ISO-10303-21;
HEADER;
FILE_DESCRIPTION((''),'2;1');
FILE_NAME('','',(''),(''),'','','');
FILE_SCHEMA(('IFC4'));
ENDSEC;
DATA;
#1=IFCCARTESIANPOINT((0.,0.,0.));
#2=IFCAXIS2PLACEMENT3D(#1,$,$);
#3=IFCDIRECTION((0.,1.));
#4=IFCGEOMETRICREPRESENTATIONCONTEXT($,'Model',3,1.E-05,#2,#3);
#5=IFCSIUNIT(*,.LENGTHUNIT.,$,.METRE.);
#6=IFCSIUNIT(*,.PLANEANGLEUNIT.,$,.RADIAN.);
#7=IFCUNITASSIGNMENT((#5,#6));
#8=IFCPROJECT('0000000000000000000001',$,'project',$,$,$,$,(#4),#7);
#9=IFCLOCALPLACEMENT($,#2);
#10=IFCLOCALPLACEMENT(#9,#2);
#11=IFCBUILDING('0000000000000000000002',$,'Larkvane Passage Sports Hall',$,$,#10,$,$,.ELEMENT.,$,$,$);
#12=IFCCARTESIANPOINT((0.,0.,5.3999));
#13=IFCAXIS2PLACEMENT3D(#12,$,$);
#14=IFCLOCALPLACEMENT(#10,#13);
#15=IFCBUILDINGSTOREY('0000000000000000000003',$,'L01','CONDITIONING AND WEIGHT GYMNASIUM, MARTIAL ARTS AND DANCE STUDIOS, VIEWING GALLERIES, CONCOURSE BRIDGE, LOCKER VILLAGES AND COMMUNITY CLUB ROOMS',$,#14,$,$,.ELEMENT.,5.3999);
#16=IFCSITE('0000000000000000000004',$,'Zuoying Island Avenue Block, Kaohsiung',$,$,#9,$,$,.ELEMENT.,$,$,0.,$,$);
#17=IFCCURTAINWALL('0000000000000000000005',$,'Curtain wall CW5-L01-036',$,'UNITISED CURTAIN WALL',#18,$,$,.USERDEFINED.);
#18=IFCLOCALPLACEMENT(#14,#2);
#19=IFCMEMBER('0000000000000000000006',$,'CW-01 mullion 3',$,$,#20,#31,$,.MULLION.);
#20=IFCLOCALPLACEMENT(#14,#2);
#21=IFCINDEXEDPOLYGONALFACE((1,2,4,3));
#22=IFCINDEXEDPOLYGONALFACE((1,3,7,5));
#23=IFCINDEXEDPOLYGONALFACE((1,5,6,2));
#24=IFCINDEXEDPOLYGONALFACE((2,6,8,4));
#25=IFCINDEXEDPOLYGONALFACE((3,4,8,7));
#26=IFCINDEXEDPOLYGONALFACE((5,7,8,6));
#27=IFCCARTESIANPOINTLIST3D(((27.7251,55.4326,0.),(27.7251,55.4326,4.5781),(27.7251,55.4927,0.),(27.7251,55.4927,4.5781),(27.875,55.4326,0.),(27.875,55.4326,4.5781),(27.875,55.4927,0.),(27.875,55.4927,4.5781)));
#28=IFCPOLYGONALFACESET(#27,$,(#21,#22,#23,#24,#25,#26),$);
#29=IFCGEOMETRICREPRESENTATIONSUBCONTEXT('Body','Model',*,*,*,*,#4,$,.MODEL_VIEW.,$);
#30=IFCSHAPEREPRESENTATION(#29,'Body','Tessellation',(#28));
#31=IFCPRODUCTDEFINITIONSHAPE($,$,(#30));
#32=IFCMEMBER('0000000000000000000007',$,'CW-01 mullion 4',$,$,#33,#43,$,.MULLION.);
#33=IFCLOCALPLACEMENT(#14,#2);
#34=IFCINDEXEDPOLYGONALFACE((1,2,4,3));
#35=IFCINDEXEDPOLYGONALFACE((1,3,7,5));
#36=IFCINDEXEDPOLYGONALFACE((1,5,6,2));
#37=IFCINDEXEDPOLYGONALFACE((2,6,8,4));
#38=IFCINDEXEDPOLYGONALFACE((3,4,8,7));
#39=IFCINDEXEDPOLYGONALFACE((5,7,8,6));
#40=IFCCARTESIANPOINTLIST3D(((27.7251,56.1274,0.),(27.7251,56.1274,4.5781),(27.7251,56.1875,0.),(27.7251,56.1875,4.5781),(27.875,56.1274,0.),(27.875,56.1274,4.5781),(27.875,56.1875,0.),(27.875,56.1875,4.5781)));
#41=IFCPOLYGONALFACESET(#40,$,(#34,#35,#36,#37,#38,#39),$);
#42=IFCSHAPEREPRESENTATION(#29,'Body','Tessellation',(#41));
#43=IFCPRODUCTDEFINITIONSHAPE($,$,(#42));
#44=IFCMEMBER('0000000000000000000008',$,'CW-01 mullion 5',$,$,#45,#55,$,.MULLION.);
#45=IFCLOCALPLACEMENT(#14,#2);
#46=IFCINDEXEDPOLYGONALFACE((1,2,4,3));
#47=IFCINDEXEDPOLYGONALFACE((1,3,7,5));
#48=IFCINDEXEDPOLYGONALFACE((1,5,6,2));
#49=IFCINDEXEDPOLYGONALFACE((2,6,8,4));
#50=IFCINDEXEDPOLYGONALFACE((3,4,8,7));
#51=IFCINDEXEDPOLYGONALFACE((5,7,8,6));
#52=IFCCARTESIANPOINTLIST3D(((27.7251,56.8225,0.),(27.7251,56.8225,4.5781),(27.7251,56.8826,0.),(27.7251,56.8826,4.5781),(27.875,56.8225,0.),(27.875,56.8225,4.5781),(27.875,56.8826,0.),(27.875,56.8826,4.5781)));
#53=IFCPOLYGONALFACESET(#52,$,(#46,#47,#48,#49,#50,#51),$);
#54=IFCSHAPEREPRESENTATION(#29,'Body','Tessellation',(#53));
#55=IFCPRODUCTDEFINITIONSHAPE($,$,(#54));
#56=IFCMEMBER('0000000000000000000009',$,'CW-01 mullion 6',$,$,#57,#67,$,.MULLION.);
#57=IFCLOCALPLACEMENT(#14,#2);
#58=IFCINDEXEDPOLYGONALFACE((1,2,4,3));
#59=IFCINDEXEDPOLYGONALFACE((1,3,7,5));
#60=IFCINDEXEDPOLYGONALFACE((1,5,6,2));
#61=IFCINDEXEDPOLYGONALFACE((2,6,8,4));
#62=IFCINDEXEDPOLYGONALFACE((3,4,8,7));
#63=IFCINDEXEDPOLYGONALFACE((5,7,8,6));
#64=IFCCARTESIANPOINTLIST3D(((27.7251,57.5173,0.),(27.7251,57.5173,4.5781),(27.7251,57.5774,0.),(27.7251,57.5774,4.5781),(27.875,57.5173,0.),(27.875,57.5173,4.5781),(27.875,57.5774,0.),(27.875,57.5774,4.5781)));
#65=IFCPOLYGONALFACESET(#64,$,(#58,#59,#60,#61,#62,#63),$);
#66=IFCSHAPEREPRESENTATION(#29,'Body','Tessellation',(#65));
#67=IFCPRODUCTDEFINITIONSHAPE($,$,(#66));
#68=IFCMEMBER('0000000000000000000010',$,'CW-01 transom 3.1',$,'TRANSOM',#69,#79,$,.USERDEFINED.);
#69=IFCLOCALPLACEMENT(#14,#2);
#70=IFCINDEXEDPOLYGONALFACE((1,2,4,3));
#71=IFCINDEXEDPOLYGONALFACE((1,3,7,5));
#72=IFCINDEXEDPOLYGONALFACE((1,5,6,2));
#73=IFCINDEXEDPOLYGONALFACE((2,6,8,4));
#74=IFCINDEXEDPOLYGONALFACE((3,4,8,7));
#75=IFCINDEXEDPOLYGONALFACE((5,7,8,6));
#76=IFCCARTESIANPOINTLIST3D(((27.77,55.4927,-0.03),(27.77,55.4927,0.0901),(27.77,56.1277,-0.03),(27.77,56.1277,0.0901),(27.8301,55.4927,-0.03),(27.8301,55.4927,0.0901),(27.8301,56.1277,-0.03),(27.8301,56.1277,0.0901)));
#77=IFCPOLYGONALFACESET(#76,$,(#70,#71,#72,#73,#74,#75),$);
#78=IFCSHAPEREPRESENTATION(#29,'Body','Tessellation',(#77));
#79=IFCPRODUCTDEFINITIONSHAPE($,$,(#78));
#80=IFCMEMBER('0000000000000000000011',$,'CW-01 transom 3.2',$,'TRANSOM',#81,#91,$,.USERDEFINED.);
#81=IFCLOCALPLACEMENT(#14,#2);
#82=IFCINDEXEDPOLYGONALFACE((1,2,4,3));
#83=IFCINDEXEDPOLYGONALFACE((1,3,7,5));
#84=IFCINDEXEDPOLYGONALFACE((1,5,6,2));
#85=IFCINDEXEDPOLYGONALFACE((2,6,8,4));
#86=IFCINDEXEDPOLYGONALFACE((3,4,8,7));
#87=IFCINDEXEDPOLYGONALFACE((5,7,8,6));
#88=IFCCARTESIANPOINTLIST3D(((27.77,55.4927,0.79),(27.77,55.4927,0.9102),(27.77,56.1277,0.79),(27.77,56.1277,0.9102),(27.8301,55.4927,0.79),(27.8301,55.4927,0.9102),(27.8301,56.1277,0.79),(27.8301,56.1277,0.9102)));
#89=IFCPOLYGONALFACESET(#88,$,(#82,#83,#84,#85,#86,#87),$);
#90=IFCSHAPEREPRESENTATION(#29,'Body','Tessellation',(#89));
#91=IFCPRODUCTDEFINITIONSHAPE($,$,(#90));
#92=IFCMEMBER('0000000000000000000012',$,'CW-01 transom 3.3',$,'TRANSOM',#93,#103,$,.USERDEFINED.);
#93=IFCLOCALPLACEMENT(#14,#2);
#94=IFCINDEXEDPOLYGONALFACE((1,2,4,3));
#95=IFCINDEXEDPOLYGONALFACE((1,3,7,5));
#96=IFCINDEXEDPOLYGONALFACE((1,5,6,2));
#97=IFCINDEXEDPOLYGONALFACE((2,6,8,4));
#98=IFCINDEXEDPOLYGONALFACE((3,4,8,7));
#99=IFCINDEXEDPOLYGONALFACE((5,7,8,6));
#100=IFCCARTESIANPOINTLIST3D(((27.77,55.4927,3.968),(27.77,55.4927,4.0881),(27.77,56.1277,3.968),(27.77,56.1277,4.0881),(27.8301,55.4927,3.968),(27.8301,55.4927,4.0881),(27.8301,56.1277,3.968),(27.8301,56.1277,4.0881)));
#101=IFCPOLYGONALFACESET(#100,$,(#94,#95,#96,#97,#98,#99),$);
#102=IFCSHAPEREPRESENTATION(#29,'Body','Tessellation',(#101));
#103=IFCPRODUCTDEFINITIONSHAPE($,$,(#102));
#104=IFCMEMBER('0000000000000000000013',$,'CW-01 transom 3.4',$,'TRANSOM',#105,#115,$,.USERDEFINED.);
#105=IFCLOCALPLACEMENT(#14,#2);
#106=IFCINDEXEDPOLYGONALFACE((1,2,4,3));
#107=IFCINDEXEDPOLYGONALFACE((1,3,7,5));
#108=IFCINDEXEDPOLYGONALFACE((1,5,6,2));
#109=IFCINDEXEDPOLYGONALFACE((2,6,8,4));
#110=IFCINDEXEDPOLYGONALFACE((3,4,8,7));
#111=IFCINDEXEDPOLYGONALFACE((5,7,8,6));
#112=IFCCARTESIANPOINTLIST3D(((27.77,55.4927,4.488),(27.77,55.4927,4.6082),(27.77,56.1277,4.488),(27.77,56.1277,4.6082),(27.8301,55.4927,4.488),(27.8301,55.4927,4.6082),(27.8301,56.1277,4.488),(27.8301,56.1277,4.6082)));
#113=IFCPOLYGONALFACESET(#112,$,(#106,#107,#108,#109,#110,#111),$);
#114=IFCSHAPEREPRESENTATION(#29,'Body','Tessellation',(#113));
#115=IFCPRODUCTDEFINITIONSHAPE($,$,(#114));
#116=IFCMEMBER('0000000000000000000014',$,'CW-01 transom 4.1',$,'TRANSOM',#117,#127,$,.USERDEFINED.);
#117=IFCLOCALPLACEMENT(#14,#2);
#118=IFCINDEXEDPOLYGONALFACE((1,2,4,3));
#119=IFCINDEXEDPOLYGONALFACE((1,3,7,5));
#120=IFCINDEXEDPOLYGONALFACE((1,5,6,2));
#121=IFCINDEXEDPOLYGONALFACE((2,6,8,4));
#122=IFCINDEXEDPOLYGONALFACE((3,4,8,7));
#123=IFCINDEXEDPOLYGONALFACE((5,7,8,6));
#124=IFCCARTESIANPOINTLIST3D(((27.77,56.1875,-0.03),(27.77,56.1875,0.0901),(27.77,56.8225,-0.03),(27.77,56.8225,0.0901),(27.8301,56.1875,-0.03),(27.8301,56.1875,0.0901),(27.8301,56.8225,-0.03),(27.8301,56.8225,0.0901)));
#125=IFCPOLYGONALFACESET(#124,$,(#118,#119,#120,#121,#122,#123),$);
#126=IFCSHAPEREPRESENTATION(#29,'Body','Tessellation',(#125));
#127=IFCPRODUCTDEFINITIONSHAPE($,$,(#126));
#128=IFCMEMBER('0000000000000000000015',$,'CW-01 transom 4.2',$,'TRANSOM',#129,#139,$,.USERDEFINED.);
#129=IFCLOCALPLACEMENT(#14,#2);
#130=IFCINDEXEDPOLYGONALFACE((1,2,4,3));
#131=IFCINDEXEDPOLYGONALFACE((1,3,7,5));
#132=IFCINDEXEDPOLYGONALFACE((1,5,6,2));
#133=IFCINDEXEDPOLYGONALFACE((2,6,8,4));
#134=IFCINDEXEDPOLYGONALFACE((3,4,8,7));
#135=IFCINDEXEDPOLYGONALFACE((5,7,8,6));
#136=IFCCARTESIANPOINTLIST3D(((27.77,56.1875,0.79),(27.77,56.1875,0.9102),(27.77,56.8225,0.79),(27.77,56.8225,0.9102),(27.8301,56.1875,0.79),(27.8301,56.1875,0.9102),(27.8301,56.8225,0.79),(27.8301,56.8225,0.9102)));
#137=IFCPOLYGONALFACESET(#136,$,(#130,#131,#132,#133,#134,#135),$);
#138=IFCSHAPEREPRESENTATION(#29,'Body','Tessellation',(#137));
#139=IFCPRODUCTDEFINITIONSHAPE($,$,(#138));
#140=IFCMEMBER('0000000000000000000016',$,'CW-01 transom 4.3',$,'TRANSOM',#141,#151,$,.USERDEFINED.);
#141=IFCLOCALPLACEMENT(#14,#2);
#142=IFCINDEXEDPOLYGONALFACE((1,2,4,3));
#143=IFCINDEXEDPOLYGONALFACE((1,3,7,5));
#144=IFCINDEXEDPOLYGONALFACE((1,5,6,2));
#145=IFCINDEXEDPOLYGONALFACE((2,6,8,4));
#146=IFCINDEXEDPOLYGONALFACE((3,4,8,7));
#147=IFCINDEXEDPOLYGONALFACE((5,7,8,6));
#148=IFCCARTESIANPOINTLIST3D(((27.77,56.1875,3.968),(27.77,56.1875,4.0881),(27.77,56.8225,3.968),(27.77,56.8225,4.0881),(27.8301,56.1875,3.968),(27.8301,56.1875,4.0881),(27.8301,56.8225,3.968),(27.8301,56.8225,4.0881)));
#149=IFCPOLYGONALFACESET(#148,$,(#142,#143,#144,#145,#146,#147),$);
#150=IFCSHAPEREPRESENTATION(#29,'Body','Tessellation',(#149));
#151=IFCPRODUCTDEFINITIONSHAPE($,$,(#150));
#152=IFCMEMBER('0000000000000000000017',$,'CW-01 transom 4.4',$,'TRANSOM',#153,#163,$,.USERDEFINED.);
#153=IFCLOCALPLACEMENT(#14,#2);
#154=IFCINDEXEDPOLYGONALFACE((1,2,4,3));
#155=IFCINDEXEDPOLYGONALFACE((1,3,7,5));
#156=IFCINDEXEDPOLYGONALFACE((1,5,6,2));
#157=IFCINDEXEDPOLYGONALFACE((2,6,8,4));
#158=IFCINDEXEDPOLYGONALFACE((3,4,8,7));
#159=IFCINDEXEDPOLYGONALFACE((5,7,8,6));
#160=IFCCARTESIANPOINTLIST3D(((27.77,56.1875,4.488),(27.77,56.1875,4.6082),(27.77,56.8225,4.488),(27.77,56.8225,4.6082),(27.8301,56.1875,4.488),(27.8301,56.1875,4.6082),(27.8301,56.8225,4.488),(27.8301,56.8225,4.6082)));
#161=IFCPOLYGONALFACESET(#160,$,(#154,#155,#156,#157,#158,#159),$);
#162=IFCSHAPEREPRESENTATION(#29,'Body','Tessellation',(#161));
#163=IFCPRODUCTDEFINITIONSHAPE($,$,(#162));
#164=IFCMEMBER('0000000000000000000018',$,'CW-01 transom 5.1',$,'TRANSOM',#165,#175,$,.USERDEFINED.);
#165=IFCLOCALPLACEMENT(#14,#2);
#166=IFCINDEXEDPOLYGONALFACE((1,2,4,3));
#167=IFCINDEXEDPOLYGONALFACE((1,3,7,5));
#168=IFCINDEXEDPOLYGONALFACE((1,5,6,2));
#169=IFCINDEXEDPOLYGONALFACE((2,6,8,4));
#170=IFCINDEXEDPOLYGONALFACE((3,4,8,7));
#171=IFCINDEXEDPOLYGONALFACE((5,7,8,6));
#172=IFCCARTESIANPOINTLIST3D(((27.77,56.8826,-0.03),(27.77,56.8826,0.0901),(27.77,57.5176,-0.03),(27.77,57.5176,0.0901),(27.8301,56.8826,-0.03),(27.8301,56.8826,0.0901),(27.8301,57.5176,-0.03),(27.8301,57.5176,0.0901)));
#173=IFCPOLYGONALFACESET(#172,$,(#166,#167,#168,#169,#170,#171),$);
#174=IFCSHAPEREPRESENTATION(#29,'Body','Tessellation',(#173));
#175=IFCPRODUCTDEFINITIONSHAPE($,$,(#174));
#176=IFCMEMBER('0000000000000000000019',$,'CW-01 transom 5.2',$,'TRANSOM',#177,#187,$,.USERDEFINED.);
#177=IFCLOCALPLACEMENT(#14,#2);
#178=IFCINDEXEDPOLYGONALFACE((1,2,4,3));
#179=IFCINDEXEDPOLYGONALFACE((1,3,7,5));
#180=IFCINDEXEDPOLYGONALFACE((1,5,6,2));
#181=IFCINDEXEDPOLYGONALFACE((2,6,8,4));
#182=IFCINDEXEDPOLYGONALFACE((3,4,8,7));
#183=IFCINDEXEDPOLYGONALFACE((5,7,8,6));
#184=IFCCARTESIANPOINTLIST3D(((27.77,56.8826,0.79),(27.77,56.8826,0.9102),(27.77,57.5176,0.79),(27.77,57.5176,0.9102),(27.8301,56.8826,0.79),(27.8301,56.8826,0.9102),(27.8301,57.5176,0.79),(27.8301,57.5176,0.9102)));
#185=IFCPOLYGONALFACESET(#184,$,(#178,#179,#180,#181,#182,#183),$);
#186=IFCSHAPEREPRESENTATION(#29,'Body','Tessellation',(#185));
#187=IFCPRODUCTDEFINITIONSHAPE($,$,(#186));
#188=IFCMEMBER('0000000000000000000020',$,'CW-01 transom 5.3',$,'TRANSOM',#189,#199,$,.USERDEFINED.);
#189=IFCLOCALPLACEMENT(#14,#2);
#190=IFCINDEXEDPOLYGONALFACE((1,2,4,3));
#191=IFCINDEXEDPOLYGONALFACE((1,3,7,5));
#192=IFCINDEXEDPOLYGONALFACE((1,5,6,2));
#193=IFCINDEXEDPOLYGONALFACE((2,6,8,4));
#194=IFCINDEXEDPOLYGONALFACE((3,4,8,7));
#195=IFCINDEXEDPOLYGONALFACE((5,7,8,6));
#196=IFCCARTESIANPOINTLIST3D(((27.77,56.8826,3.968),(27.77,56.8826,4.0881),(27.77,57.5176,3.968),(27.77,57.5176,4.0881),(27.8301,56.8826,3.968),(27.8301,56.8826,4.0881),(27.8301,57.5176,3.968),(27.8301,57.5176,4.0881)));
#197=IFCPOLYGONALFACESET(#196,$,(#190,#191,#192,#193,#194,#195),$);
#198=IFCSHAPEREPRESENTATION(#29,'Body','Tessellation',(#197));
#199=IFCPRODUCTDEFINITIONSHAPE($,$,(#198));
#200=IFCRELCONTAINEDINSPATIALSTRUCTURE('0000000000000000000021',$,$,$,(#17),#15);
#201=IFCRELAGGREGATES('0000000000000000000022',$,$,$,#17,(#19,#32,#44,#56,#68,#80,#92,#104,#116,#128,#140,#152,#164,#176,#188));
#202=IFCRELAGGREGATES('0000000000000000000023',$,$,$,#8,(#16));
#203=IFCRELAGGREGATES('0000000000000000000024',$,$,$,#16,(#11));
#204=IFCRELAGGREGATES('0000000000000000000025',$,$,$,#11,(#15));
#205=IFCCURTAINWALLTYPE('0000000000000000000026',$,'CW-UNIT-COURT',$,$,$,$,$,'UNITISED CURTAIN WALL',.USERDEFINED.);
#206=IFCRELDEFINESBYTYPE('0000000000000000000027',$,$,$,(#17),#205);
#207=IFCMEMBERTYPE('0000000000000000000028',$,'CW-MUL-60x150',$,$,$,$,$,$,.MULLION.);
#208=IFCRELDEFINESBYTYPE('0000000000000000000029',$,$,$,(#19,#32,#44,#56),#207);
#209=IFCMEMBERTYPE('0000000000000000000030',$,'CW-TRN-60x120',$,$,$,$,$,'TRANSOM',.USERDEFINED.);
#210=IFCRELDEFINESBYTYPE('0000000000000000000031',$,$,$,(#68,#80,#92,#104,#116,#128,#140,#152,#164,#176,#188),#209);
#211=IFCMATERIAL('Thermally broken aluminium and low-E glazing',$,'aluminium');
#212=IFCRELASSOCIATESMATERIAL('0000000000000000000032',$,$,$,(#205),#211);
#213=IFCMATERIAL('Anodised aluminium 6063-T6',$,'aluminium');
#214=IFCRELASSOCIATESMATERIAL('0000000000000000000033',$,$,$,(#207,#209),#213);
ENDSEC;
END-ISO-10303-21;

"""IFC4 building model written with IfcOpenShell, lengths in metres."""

from ifc_helpers import new_model, si_unit, direction, frame, origin, origin_2d, place, context, subcontext, project, spatial, rectangle, extrude, material, material_profile, profile_set, type_object, element, aggregate, save


model = new_model("IFC4")

# Units and contexts
model_context = context("Model", 3, precision=1e-05, world=origin(), true_north=direction((0.0, 1.0)))
body_context = subcontext(model_context, "Body", "Model", "MODEL_VIEW")
ifc_project = project(units=[si_unit("LENGTHUNIT", "METRE"), si_unit("PLANEANGLEUNIT", "RADIAN")], contexts=[model_context])

# Site, building, storey
site_placement = place(None, origin())
site = spatial("IfcSite", under=ifc_project, at=site_placement, Name="Zuoying Island Avenue Block, Kaohsiung", CompositionType="ELEMENT", RefElevation=0.0)
building_placement = place(site_placement, origin())
building = spatial("IfcBuilding", under=site, at=building_placement, Name="Larkvane Passage Sports Hall", CompositionType="ELEMENT")
storey_placement = place(building_placement, frame((0.0, 0.0, 5.3999)))
storey = spatial("IfcBuildingStorey", under=building, at=storey_placement, Name="L01", Description="CONDITIONING AND WEIGHT GYMNASIUM, MARTIAL ARTS AND DANCE STUDIOS, VIEWING GALLERIES, CONCOURSE BRIDGE, LOCKER VILLAGES AND COMMUNITY CLUB ROOMS", CompositionType="ELEMENT", Elevation=5.3999)

# Curtain wall, members
ifc_material_1 = material(Name="Thermally broken aluminium and low-E glazing", Category="aluminium")
curtain_wall_type = type_object("IfcCurtainWallType", Name="CW-UNIT-COURT", ElementType="UNITISED CURTAIN WALL", PredefinedType="USERDEFINED", material=ifc_material_1)
curtain_wall_placement = place(storey_placement, origin())
curtain_wall = element("IfcCurtainWall", 1, at=curtain_wall_placement, inside=storey, type_object=curtain_wall_type, Name="Curtain wall CW5-L01-036", ObjectType="UNITISED CURTAIN WALL", PredefinedType="USERDEFINED")
ifc_material_2 = material(Name="Anodised aluminium 6063-T6", Category="aluminium")
ifc_material_profile_1 = material_profile(ifc_material_2, rectangle(XDim=0.0601, YDim=0.1499, at=origin_2d()), Name="ALU-MUL-60x150")
ifc_profile_set_1 = profile_set([ifc_material_profile_1], Name="Anodised aluminium 6063-T6")
member_type_1 = type_object("IfcMemberType", Name="CW-MUL-60x150", PredefinedType="MULLION", material=ifc_profile_set_1)
member_1_placement = place(storey_placement, frame((27.8, 55.4626, 0.0), z_axis=(0.0, 0.0, 1.0), x_axis=(0.0, 1.0, 0.0)))
member_1 = element("IfcMember", 2, at=member_1_placement, type_object=member_type_1, Name="CW-01 mullion 3", PredefinedType="MULLION", context=body_context, shape_type="SweptSolid", body=[
    extrude(rectangle(XDim=0.0601, YDim=0.1499, at=origin_2d()), origin(), (0.0, 0.0, 1.0), 4.5781),
])
member_2_placement = place(storey_placement, frame((27.8, 56.1575, 0.0), z_axis=(0.0, 0.0, 1.0), x_axis=(0.0, 1.0, 0.0)))
member_2 = element("IfcMember", 3, at=member_2_placement, type_object=member_type_1, Name="CW-01 mullion 4", PredefinedType="MULLION", context=body_context, shape_type="SweptSolid", body=[
    extrude(rectangle(XDim=0.0601, YDim=0.1499, at=origin_2d()), origin(), (0.0, 0.0, 1.0), 4.5781),
])
member_3_placement = place(storey_placement, frame((27.8, 56.8525, 0.0), z_axis=(0.0, 0.0, 1.0), x_axis=(0.0, 1.0, 0.0)))
member_3 = element("IfcMember", 4, at=member_3_placement, type_object=member_type_1, Name="CW-01 mullion 5", PredefinedType="MULLION", context=body_context, shape_type="SweptSolid", body=[
    extrude(rectangle(XDim=0.0601, YDim=0.1499, at=origin_2d()), origin(), (0.0, 0.0, 1.0), 4.5781),
])
member_4_placement = place(storey_placement, frame((27.8, 57.5474, 0.0), z_axis=(0.0, 0.0, 1.0), x_axis=(0.0, 1.0, 0.0)))
member_4 = element("IfcMember", 5, at=member_4_placement, type_object=member_type_1, Name="CW-01 mullion 6", PredefinedType="MULLION", context=body_context, shape_type="SweptSolid", body=[
    extrude(rectangle(XDim=0.0601, YDim=0.1499, at=origin_2d()), origin(), (0.0, 0.0, 1.0), 4.5781),
])
ifc_material_profile_2 = material_profile(ifc_material_2, rectangle(XDim=0.0601, YDim=0.1201, at=origin_2d()), Name="ALU-TRN-60x120")
ifc_profile_set_2 = profile_set([ifc_material_profile_2], Name="Anodised aluminium 6063-T6")
member_type_2 = type_object("IfcMemberType", Name="CW-TRN-60x120", ElementType="TRANSOM", PredefinedType="USERDEFINED", material=ifc_profile_set_2)
member_5_placement = place(storey_placement, frame((27.8, 55.4927, 0.03), z_axis=(0.0, 1.0, 0.0), x_axis=(-1.0, 0.0, 0.0)))
member_5 = element("IfcMember", 6, at=member_5_placement, type_object=member_type_2, Name="CW-01 transom 3.1", ObjectType="TRANSOM", PredefinedType="USERDEFINED", context=body_context, shape_type="SweptSolid", body=[
    extrude(rectangle(XDim=0.0601, YDim=0.1201, at=origin_2d()), origin(), (0.0, 0.0, 1.0), 0.635),
])
member_6_placement = place(storey_placement, frame((27.8, 55.4927, 0.8501), z_axis=(0.0, 1.0, 0.0), x_axis=(-1.0, 0.0, 0.0)))
member_6 = element("IfcMember", 7, at=member_6_placement, type_object=member_type_2, Name="CW-01 transom 3.2", ObjectType="TRANSOM", PredefinedType="USERDEFINED", context=body_context, shape_type="SweptSolid", body=[
    extrude(rectangle(XDim=0.0601, YDim=0.1201, at=origin_2d()), origin(), (0.0, 0.0, 1.0), 0.635),
])
member_7_placement = place(storey_placement, frame((27.8, 55.4927, 4.0281), z_axis=(0.0, 1.0, 0.0), x_axis=(-1.0, 0.0, 0.0)))
member_7 = element("IfcMember", 8, at=member_7_placement, type_object=member_type_2, Name="CW-01 transom 3.3", ObjectType="TRANSOM", PredefinedType="USERDEFINED", context=body_context, shape_type="SweptSolid", body=[
    extrude(rectangle(XDim=0.0601, YDim=0.1201, at=origin_2d()), origin(), (0.0, 0.0, 1.0), 0.635),
])
member_8_placement = place(storey_placement, frame((27.8, 55.4927, 4.5481), z_axis=(0.0, 1.0, 0.0), x_axis=(-1.0, 0.0, 0.0)))
member_8 = element("IfcMember", 9, at=member_8_placement, type_object=member_type_2, Name="CW-01 transom 3.4", ObjectType="TRANSOM", PredefinedType="USERDEFINED", context=body_context, shape_type="SweptSolid", body=[
    extrude(rectangle(XDim=0.0601, YDim=0.1201, at=origin_2d()), origin(), (0.0, 0.0, 1.0), 0.635),
])
member_9_placement = place(storey_placement, frame((27.8, 56.1875, 0.03), z_axis=(0.0, 1.0, 0.0), x_axis=(-1.0, 0.0, 0.0)))
member_9 = element("IfcMember", 10, at=member_9_placement, type_object=member_type_2, Name="CW-01 transom 4.1", ObjectType="TRANSOM", PredefinedType="USERDEFINED", context=body_context, shape_type="SweptSolid", body=[
    extrude(rectangle(XDim=0.0601, YDim=0.1201, at=origin_2d()), origin(), (0.0, 0.0, 1.0), 0.635),
])
member_10_placement = place(storey_placement, frame((27.8, 56.1875, 0.8501), z_axis=(0.0, 1.0, 0.0), x_axis=(-1.0, 0.0, 0.0)))
member_10 = element("IfcMember", 11, at=member_10_placement, type_object=member_type_2, Name="CW-01 transom 4.2", ObjectType="TRANSOM", PredefinedType="USERDEFINED", context=body_context, shape_type="SweptSolid", body=[
    extrude(rectangle(XDim=0.0601, YDim=0.1201, at=origin_2d()), origin(), (0.0, 0.0, 1.0), 0.635),
])
member_11_placement = place(storey_placement, frame((27.8, 56.1875, 4.0281), z_axis=(0.0, 1.0, 0.0), x_axis=(-1.0, 0.0, 0.0)))
member_11 = element("IfcMember", 12, at=member_11_placement, type_object=member_type_2, Name="CW-01 transom 4.3", ObjectType="TRANSOM", PredefinedType="USERDEFINED", context=body_context, shape_type="SweptSolid", body=[
    extrude(rectangle(XDim=0.0601, YDim=0.1201, at=origin_2d()), origin(), (0.0, 0.0, 1.0), 0.635),
])
member_12_placement = place(storey_placement, frame((27.8, 56.1875, 4.5481), z_axis=(0.0, 1.0, 0.0), x_axis=(-1.0, 0.0, 0.0)))
member_12 = element("IfcMember", 13, at=member_12_placement, type_object=member_type_2, Name="CW-01 transom 4.4", ObjectType="TRANSOM", PredefinedType="USERDEFINED", context=body_context, shape_type="SweptSolid", body=[
    extrude(rectangle(XDim=0.0601, YDim=0.1201, at=origin_2d()), origin(), (0.0, 0.0, 1.0), 0.635),
])
member_13_placement = place(storey_placement, frame((27.8, 56.8826, 0.03), z_axis=(0.0, 1.0, 0.0), x_axis=(-1.0, 0.0, 0.0)))
member_13 = element("IfcMember", 14, at=member_13_placement, type_object=member_type_2, Name="CW-01 transom 5.1", ObjectType="TRANSOM", PredefinedType="USERDEFINED", context=body_context, shape_type="SweptSolid", body=[
    extrude(rectangle(XDim=0.0601, YDim=0.1201, at=origin_2d()), origin(), (0.0, 0.0, 1.0), 0.635),
])
member_14_placement = place(storey_placement, frame((27.8, 56.8826, 0.8501), z_axis=(0.0, 1.0, 0.0), x_axis=(-1.0, 0.0, 0.0)))
member_14 = element("IfcMember", 15, at=member_14_placement, type_object=member_type_2, Name="CW-01 transom 5.2", ObjectType="TRANSOM", PredefinedType="USERDEFINED", context=body_context, shape_type="SweptSolid", body=[
    extrude(rectangle(XDim=0.0601, YDim=0.1201, at=origin_2d()), origin(), (0.0, 0.0, 1.0), 0.635),
])
member_15_placement = place(storey_placement, frame((27.8, 56.8826, 4.0281), z_axis=(0.0, 1.0, 0.0), x_axis=(-1.0, 0.0, 0.0)))
member_15 = element("IfcMember", 16, at=member_15_placement, type_object=member_type_2, Name="CW-01 transom 5.3", ObjectType="TRANSOM", PredefinedType="USERDEFINED", context=body_context, shape_type="SweptSolid", body=[
    extrude(rectangle(XDim=0.0601, YDim=0.1201, at=origin_2d()), origin(), (0.0, 0.0, 1.0), 0.635),
])
aggregate(curtain_wall, [member_1, member_2, member_3, member_4, member_5, member_6, member_7, member_8, member_9, member_10, member_11, member_12, member_13, member_14, member_15])

save(model, "model.ifc")
